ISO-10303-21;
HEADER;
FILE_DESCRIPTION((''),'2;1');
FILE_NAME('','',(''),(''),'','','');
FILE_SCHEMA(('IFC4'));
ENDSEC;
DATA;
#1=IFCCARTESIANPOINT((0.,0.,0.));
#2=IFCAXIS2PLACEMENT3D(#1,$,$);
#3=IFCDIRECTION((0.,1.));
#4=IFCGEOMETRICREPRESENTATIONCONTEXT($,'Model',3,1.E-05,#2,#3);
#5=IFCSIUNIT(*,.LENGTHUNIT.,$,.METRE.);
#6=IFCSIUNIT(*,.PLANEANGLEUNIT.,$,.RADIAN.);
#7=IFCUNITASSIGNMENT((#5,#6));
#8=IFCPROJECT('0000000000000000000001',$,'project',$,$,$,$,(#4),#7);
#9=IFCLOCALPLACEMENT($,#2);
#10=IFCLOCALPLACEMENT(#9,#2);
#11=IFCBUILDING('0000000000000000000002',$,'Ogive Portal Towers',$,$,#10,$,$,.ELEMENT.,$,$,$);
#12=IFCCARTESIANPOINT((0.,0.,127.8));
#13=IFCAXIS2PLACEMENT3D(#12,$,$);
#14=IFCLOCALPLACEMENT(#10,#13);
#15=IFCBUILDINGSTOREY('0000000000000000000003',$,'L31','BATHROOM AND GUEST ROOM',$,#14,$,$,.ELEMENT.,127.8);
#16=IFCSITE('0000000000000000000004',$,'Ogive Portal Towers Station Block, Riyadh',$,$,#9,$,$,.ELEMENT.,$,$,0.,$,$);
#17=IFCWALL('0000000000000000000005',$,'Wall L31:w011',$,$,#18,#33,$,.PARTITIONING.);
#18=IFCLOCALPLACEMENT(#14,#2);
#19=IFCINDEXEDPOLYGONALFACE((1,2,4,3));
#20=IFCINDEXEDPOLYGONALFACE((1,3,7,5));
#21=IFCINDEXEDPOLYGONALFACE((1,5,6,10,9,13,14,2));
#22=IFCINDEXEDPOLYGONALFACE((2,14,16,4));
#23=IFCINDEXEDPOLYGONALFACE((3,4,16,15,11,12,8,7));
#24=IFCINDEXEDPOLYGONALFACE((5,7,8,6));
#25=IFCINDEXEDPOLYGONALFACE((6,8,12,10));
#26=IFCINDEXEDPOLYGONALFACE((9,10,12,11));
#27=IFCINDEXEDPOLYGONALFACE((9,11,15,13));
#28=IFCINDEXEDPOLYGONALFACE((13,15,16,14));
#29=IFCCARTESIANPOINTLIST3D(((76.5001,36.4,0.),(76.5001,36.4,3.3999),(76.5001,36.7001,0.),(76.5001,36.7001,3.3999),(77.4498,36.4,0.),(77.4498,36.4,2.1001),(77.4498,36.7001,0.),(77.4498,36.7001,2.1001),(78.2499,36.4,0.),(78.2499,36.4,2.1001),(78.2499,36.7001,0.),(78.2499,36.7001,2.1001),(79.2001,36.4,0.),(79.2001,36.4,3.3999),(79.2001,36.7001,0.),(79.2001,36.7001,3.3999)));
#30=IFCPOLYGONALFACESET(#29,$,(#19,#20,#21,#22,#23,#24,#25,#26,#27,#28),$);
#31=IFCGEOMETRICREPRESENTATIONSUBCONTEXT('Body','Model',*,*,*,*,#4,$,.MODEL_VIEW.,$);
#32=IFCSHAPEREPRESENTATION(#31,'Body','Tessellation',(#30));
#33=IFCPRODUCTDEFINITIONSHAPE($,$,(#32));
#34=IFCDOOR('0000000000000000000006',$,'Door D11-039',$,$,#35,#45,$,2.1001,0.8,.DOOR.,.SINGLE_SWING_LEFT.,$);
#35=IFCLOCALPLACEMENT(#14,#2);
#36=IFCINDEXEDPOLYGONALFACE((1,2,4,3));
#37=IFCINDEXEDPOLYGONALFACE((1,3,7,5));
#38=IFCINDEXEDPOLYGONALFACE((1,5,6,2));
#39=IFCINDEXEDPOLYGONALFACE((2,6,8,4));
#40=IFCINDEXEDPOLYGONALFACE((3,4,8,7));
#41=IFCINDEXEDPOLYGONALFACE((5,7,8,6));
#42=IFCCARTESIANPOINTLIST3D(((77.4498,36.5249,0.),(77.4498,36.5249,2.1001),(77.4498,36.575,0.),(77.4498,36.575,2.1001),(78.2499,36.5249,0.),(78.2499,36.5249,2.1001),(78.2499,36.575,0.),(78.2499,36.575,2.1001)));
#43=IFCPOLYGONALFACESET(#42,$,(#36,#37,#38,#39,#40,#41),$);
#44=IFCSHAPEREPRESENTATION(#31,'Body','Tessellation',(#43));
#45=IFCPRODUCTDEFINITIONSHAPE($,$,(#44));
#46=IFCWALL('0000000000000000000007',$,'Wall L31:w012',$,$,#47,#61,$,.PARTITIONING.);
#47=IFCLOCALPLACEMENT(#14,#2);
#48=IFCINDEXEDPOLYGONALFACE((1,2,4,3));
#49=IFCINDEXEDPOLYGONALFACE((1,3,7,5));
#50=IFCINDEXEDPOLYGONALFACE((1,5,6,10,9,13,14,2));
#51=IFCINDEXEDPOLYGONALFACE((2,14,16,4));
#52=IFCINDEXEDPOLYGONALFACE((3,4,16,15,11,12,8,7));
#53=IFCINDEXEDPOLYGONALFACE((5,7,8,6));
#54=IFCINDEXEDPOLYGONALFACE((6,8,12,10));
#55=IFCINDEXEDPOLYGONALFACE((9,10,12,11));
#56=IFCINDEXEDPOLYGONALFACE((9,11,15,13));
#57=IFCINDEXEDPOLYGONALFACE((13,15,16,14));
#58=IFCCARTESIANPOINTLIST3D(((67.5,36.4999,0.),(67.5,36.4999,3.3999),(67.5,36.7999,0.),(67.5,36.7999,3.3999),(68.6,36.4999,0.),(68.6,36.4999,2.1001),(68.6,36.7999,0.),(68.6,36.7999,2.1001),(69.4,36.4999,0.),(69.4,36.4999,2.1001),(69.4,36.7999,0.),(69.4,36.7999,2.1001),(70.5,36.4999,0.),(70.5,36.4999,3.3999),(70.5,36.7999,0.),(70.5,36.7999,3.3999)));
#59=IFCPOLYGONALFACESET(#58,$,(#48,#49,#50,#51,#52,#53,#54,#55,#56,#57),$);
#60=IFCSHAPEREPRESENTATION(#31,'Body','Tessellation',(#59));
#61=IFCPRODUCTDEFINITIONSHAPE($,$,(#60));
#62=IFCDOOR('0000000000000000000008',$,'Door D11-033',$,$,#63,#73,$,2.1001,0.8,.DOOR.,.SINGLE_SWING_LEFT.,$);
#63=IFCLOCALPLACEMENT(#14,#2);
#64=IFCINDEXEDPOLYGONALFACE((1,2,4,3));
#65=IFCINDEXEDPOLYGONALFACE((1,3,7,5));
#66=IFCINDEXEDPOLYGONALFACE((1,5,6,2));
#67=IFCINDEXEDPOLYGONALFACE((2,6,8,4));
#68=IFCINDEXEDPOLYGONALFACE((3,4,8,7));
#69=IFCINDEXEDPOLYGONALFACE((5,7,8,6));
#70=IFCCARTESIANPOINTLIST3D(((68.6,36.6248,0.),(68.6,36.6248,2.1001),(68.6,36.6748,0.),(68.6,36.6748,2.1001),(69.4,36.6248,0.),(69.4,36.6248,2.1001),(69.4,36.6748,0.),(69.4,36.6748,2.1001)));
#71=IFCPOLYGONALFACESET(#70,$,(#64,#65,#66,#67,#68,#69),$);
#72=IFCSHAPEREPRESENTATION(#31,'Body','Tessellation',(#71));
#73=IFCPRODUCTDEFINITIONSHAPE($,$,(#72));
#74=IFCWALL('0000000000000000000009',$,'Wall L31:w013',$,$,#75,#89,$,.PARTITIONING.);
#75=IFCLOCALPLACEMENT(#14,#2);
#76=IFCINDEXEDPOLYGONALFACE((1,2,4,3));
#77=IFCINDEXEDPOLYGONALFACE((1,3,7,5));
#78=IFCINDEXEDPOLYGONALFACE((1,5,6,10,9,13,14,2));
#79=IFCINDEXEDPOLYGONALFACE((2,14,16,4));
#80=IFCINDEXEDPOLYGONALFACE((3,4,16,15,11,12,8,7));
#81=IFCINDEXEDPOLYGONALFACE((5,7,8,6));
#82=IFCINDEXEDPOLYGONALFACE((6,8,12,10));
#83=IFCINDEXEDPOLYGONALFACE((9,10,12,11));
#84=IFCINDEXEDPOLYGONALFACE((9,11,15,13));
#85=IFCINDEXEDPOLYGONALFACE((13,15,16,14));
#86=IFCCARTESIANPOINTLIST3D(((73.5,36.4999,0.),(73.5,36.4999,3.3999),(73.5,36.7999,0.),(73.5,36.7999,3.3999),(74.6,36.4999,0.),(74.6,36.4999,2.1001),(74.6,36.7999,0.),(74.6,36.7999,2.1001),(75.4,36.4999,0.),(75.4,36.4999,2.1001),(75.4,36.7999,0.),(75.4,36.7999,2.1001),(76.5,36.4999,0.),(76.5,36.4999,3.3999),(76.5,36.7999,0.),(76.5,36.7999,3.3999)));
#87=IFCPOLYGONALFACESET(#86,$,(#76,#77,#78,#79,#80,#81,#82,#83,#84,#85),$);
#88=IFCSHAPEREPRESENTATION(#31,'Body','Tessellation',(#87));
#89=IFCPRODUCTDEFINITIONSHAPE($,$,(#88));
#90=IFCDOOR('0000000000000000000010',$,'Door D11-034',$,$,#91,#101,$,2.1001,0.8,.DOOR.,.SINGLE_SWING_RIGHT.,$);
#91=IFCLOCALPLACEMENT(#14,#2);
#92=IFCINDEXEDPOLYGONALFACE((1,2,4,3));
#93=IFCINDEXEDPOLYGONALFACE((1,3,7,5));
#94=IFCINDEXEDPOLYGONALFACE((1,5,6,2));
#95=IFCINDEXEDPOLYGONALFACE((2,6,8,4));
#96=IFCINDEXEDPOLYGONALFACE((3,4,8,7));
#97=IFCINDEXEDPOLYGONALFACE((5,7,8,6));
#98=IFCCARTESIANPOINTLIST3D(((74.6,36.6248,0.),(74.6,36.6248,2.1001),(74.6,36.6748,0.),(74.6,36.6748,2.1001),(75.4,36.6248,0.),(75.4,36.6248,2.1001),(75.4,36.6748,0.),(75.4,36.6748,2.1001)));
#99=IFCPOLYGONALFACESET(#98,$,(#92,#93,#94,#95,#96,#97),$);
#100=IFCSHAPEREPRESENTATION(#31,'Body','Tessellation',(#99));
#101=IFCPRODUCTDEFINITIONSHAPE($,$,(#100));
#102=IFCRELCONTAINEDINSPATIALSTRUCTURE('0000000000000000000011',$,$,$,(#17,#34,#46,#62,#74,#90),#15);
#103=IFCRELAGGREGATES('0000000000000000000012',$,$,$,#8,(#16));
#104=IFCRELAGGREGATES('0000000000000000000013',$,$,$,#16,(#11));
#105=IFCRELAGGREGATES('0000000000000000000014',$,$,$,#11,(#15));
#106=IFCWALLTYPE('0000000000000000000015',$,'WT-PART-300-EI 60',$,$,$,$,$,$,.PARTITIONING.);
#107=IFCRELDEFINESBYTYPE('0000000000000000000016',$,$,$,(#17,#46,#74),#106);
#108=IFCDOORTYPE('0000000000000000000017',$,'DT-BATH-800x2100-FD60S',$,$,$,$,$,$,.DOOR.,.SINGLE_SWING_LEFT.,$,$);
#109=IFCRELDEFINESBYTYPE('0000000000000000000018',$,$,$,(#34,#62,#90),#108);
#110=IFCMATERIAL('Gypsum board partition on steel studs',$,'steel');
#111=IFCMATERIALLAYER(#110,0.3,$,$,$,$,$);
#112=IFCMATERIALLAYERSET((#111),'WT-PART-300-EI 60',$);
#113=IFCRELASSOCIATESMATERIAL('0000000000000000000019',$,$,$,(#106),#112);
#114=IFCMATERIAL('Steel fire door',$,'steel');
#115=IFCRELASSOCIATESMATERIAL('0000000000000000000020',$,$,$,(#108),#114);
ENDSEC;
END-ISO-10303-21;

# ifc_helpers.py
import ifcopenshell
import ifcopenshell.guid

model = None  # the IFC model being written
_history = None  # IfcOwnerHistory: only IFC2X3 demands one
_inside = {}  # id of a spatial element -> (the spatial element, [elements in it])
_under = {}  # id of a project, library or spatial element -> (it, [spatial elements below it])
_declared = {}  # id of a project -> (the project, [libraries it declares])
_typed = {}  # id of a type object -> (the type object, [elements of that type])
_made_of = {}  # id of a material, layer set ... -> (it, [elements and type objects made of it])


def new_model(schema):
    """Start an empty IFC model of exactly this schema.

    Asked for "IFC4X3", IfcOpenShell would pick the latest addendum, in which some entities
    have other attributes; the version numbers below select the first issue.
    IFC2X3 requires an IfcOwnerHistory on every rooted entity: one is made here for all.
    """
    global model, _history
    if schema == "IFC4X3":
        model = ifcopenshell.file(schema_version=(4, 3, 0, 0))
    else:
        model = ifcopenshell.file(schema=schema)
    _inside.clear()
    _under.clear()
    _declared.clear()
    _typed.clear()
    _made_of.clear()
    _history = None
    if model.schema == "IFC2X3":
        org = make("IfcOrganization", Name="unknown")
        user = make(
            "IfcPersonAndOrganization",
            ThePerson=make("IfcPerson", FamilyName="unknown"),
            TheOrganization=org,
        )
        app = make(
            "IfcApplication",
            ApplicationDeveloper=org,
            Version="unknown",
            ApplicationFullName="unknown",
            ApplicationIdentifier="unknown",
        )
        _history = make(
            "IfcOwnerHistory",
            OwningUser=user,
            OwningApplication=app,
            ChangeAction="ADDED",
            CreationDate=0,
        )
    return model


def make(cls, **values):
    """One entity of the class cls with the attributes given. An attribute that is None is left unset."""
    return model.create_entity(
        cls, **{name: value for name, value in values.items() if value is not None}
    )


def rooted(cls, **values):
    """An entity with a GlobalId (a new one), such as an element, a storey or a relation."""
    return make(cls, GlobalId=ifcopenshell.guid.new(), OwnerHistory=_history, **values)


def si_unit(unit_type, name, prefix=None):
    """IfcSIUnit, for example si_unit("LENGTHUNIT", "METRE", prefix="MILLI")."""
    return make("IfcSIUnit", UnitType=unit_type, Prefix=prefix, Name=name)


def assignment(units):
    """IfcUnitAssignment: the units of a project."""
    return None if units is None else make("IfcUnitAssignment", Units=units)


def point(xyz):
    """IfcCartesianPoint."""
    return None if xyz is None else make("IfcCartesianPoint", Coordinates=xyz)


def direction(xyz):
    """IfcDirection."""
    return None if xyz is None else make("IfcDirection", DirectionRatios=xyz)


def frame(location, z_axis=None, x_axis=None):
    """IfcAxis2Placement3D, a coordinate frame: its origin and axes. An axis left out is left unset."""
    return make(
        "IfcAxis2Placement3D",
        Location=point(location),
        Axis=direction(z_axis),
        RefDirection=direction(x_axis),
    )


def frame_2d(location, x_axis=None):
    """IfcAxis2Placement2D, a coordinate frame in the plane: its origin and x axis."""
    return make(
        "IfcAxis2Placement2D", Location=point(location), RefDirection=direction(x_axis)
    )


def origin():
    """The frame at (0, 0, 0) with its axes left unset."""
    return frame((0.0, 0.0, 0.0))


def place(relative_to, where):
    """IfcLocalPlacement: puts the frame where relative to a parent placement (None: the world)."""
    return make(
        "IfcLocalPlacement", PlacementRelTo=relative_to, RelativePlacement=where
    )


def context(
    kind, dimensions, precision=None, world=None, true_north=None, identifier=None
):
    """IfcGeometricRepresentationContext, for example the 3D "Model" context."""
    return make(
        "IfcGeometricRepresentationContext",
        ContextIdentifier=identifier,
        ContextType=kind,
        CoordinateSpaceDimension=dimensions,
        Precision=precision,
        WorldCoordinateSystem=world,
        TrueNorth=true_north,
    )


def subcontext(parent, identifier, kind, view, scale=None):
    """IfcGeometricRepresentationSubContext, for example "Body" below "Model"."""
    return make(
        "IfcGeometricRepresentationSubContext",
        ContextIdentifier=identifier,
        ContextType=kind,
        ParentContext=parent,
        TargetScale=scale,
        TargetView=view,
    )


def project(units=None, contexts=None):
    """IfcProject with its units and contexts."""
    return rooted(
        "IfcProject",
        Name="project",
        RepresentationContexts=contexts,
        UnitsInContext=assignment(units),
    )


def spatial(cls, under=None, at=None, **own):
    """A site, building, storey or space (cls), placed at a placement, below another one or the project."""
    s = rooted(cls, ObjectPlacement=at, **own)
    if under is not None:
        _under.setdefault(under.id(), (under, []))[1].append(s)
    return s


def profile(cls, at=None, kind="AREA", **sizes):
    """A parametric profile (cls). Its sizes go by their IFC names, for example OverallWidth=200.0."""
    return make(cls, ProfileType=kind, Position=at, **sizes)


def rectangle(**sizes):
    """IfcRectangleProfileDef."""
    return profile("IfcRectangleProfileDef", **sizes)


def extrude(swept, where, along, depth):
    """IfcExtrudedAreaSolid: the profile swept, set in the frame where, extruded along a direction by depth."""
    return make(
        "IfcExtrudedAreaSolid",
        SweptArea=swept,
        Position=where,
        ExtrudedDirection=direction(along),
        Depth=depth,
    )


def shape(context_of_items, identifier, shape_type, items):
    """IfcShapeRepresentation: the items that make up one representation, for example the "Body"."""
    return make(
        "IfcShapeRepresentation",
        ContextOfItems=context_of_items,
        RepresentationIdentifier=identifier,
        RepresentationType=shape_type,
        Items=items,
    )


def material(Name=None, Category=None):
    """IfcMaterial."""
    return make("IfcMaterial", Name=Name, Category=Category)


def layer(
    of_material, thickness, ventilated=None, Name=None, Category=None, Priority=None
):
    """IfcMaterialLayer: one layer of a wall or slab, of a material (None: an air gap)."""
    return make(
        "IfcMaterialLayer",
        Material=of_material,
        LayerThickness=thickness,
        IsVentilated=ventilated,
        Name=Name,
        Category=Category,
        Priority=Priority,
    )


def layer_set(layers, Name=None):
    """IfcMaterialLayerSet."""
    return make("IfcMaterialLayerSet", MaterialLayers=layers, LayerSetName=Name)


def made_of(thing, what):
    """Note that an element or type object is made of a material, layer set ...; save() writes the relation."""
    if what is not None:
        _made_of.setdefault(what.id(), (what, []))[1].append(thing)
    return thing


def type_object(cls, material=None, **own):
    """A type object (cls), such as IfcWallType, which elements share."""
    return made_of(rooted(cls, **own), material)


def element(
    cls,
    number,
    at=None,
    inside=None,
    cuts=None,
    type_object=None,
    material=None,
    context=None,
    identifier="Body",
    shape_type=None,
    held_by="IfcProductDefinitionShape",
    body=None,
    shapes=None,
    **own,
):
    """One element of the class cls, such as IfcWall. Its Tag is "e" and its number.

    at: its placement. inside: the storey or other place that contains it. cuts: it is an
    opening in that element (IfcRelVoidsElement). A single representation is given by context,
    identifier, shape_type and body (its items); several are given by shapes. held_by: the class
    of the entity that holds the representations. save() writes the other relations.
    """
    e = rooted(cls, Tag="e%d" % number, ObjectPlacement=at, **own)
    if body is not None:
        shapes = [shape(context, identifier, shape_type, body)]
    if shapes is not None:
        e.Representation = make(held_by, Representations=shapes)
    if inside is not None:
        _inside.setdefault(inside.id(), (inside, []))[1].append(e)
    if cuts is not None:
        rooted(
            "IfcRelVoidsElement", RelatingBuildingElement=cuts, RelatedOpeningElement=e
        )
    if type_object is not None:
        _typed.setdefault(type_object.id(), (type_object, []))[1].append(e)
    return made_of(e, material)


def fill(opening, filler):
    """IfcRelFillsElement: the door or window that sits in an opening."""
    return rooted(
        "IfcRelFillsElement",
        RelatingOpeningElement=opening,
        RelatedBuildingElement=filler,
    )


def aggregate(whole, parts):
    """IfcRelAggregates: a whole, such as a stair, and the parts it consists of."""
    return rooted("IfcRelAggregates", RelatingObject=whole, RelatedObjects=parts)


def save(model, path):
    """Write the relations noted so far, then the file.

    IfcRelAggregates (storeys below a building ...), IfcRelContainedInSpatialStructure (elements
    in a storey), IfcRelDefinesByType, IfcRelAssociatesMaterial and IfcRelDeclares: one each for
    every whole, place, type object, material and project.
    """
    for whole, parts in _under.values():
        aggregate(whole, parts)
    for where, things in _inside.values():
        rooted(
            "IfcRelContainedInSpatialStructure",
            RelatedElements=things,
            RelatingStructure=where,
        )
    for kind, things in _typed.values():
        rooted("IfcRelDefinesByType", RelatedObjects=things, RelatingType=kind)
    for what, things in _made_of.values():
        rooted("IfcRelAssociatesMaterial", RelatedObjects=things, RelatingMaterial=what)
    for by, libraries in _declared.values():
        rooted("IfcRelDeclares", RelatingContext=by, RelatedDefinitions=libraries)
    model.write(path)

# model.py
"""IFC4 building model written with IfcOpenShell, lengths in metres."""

from ifc_helpers import new_model, si_unit, direction, frame, frame_2d, origin, place, context, subcontext, project, spatial, rectangle, extrude, material, layer, layer_set, type_object, element, fill, save


model = new_model("IFC4")

# Units and contexts
model_context = context("Model", 3, precision=1e-05, world=origin(), true_north=direction((0.0, 1.0)))
body_context = subcontext(model_context, "Body", "Model", "MODEL_VIEW")
ifc_project = project(units=[si_unit("LENGTHUNIT", "METRE"), si_unit("PLANEANGLEUNIT", "RADIAN")], contexts=[model_context])

# Site, building, storey
site_placement = place(None, origin())
site = spatial("IfcSite", under=ifc_project, at=site_placement, Name="Ogive Portal Towers Station Block, Riyadh", CompositionType="ELEMENT", RefElevation=0.0)
building_placement = place(site_placement, origin())
building = spatial("IfcBuilding", under=site, at=building_placement, Name="Ogive Portal Towers", CompositionType="ELEMENT")
storey_placement = place(building_placement, frame((0.0, 0.0, 127.8)))
storey = spatial("IfcBuildingStorey", under=building, at=storey_placement, Name="L31", Description="BATHROOM AND GUEST ROOM", CompositionType="ELEMENT", Elevation=127.8)

# Walls, openings, doors
ifc_material_1 = material(Name="Gypsum board partition on steel studs", Category="steel")
ifc_layer_1 = layer(ifc_material_1, 0.3)
ifc_layer_set_1 = layer_set([ifc_layer_1], Name="WT-PART-300-EI 60")
wall_type_1 = type_object("IfcWallType", Name="WT-PART-300-EI 60", PredefinedType="PARTITIONING", material=ifc_layer_set_1)
ifc_material_2 = material(Name="Steel fire door", Category="steel")
door_type_1 = type_object("IfcDoorType", Name="DT-BATH-800x2100-FD60S", OperationType="SINGLE_SWING_LEFT", PredefinedType="DOOR", material=ifc_material_2)
wall_1_placement = place(storey_placement, frame((76.5, 36.55, 0.0), z_axis=(0.0, 0.0, 1.0), x_axis=(1.0, 0.0, 0.0)))
wall_1 = element("IfcWall", 1, at=wall_1_placement, inside=storey, type_object=wall_type_1, Name="Wall L31:w011", PredefinedType="PARTITIONING", context=body_context, shape_type="SweptSolid", body=[
    extrude(rectangle(XDim=2.7, YDim=0.3, at=frame_2d((1.3501, 0.0))), origin(), (0.0, 0.0, 1.0), 3.3999),
])
opening_1_placement = place(wall_1_placement, frame((0.95, 0.0, 0.0)))
opening_1 = element("IfcOpeningElement", 2, at=opening_1_placement, cuts=wall_1, PredefinedType="OPENING", context=body_context, shape_type="SweptSolid", body=[
    extrude(rectangle(XDim=0.8, YDim=2.1001, at=frame_2d((0.3999, 1.05))), frame((0.0, 0.1602, 0.0), z_axis=(0.0, -1.0, 0.0), x_axis=(1.0, 0.0, 0.0)), (0.0, 0.0, 1.0), 0.3201),
])
door_1_placement = place(opening_1_placement, origin())
door_1 = element("IfcDoor", 3, at=door_1_placement, inside=storey, type_object=door_type_1, Name="Door D11-039", OperationType="SINGLE_SWING_LEFT", OverallHeight=2.1001, OverallWidth=0.8, PredefinedType="DOOR", context=body_context, shape_type="SweptSolid", body=[
    extrude(rectangle(XDim=0.8, YDim=2.1001, at=frame_2d((0.3999, 1.05))), frame((0.0, 0.0249, 0.0), z_axis=(0.0, -1.0, 0.0), x_axis=(1.0, 0.0, 0.0)), (0.0, 0.0, 1.0), 0.05),
])
fill(opening_1, door_1)
wall_2_placement = place(storey_placement, frame((67.5, 36.6499, 0.0), z_axis=(0.0, 0.0, 1.0), x_axis=(1.0, 0.0, 0.0)))
wall_2 = element("IfcWall", 4, at=wall_2_placement, inside=storey, type_object=wall_type_1, Name="Wall L31:w012", PredefinedType="PARTITIONING", context=body_context, shape_type="SweptSolid", body=[
    extrude(rectangle(XDim=3.0, YDim=0.3, at=frame_2d((1.5, 0.0))), origin(), (0.0, 0.0, 1.0), 3.3999),
])
opening_2_placement = place(wall_2_placement, frame((1.1001, 0.0, 0.0)))
opening_2 = element("IfcOpeningElement", 5, at=opening_2_placement, cuts=wall_2, PredefinedType="OPENING", context=body_context, shape_type="SweptSolid", body=[
    extrude(rectangle(XDim=0.8, YDim=2.1001, at=frame_2d((0.3999, 1.05))), frame((0.0, 0.1602, 0.0), z_axis=(0.0, -1.0, 0.0), x_axis=(1.0, 0.0, 0.0)), (0.0, 0.0, 1.0), 0.3201),
])
door_2_placement = place(opening_2_placement, origin())
door_2 = element("IfcDoor", 6, at=door_2_placement, inside=storey, type_object=door_type_1, Name="Door D11-033", OperationType="SINGLE_SWING_LEFT", OverallHeight=2.1001, OverallWidth=0.8, PredefinedType="DOOR", context=body_context, shape_type="SweptSolid", body=[
    extrude(rectangle(XDim=0.8, YDim=2.1001, at=frame_2d((0.3999, 1.05))), frame((0.0, 0.0249, 0.0), z_axis=(0.0, -1.0, 0.0), x_axis=(1.0, 0.0, 0.0)), (0.0, 0.0, 1.0), 0.05),
])
fill(opening_2, door_2)
wall_3_placement = place(storey_placement, frame((73.5, 36.6499, 0.0), z_axis=(0.0, 0.0, 1.0), x_axis=(1.0, 0.0, 0.0)))
wall_3 = element("IfcWall", 7, at=wall_3_placement, inside=storey, type_object=wall_type_1, Name="Wall L31:w013", PredefinedType="PARTITIONING", context=body_context, shape_type="SweptSolid", body=[
    extrude(rectangle(XDim=3.0, YDim=0.3, at=frame_2d((1.5, 0.0))), origin(), (0.0, 0.0, 1.0), 3.3999),
])
opening_3_placement = place(wall_3_placement, frame((1.1001, 0.0, 0.0)))
opening_3 = element("IfcOpeningElement", 8, at=opening_3_placement, cuts=wall_3, PredefinedType="OPENING", context=body_context, shape_type="SweptSolid", body=[
    extrude(rectangle(XDim=0.8, YDim=2.1001, at=frame_2d((0.3999, 1.05))), frame((0.0, 0.1602, 0.0), z_axis=(0.0, -1.0, 0.0), x_axis=(1.0, 0.0, 0.0)), (0.0, 0.0, 1.0), 0.3201),
])
door_3_placement = place(opening_3_placement, origin())
door_3 = element("IfcDoor", 9, at=door_3_placement, inside=storey, type_object=door_type_1, Name="Door D11-034", OperationType="SINGLE_SWING_RIGHT", OverallHeight=2.1001, OverallWidth=0.8, PredefinedType="DOOR", context=body_context, shape_type="SweptSolid", body=[
    extrude(rectangle(XDim=0.8, YDim=2.1001, at=frame_2d((0.3999, 1.05))), frame((0.0, 0.0249, 0.0), z_axis=(0.0, -1.0, 0.0), x_axis=(1.0, 0.0, 0.0)), (0.0, 0.0, 1.0), 0.05),
])
fill(opening_3, door_3)

save(model, "model.ifc")
